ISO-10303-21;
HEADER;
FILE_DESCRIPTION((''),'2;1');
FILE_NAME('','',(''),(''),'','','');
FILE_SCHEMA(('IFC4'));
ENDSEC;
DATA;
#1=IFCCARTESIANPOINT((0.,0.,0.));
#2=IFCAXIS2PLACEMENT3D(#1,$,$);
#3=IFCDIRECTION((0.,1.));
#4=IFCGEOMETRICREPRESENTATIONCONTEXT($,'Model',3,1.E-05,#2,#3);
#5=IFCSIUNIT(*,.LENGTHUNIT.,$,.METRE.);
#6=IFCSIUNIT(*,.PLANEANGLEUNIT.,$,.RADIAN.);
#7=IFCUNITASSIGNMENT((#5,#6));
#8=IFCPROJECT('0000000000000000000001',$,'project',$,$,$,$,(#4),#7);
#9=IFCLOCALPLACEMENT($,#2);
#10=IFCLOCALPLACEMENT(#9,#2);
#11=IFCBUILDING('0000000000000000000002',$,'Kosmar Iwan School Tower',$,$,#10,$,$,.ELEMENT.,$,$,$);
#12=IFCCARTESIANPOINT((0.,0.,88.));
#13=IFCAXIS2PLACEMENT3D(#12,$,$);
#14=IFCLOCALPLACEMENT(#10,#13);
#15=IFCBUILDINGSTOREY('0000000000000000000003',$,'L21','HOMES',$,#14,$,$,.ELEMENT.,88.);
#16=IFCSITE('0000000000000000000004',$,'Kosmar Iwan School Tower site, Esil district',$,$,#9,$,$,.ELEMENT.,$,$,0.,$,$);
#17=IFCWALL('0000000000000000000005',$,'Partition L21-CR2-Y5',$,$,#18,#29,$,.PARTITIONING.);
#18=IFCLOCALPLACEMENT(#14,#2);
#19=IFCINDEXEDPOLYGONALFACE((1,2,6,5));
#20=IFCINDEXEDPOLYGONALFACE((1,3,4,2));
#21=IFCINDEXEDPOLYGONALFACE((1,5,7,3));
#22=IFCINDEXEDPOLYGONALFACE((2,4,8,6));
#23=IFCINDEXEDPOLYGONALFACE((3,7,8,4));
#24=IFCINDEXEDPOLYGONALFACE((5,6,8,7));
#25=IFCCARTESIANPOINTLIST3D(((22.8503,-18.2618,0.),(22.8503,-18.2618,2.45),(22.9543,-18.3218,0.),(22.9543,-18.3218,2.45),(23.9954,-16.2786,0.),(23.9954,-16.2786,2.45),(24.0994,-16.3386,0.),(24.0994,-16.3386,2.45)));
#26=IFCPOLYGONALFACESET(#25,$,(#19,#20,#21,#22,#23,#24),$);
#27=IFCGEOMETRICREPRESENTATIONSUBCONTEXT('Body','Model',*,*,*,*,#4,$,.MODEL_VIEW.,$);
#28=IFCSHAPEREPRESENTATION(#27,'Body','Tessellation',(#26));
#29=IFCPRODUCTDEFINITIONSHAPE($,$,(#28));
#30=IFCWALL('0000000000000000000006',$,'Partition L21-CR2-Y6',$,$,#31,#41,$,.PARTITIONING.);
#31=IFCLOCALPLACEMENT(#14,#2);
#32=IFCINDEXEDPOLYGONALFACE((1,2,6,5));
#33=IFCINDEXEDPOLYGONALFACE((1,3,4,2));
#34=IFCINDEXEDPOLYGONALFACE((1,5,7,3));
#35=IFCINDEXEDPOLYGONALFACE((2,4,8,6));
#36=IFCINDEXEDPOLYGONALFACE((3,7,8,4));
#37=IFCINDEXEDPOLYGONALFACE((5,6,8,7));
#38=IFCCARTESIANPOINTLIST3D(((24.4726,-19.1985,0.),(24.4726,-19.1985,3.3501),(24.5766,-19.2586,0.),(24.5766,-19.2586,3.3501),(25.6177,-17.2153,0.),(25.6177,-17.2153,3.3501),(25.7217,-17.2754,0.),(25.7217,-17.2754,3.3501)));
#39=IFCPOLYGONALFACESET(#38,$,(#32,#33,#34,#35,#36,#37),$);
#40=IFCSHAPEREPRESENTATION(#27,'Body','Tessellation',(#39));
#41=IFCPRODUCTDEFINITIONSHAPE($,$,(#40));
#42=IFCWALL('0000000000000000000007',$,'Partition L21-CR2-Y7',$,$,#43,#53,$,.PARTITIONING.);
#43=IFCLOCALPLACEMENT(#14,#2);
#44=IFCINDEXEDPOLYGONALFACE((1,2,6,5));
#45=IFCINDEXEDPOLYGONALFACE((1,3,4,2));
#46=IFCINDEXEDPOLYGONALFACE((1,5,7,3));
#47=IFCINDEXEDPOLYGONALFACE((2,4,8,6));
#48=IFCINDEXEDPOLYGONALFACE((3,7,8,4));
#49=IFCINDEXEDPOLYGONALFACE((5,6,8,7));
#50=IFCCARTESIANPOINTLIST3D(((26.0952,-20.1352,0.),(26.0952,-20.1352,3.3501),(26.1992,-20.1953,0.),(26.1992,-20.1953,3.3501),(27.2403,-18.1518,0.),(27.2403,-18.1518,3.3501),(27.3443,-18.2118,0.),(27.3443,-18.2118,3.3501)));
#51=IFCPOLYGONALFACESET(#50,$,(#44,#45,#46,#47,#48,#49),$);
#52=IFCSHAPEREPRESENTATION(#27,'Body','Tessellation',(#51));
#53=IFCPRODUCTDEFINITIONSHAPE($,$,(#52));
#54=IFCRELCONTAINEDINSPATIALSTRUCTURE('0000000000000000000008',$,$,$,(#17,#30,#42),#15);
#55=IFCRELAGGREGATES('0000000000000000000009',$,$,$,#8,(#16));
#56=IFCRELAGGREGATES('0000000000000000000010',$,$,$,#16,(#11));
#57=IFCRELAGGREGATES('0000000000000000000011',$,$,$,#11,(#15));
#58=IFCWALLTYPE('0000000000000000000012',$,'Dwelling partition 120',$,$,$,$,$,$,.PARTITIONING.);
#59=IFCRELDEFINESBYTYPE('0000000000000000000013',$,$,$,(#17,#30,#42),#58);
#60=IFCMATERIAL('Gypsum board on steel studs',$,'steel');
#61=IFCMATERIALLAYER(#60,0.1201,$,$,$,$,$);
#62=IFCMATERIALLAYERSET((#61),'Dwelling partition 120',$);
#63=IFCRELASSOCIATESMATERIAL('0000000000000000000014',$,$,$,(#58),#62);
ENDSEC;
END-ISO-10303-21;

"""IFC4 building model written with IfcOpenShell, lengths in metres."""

from ifc_helpers import new_model, si_unit, direction, frame, frame_2d, origin, place, context, subcontext, project, spatial, rectangle, extrude, material, layer, layer_set, type_object, element, save


model = new_model("IFC4")

# Units and contexts
model_context = context("Model", 3, precision=1e-05, world=origin(), true_north=direction((0.0, 1.0)))
body_context = subcontext(model_context, "Body", "Model", "MODEL_VIEW")
ifc_project = project(units=[si_unit("LENGTHUNIT", "METRE"), si_unit("PLANEANGLEUNIT", "RADIAN")], contexts=[model_context])

# Site, building, storey
site_placement = place(None, origin())
site = spatial("IfcSite", under=ifc_project, at=site_placement, Name="Kosmar Iwan School Tower site, Esil district", CompositionType="ELEMENT", RefElevation=0.0)
building_placement = place(site_placement, origin())
building = spatial("IfcBuilding", under=site, at=building_placement, Name="Kosmar Iwan School Tower", CompositionType="ELEMENT")
storey_placement = place(building_placement, frame((0.0, 0.0, 88.0)))
storey = spatial("IfcBuildingStorey", under=building, at=storey_placement, Name="L21", Description="HOMES", CompositionType="ELEMENT", Elevation=88.0)

# Shared definitions
ifc_material_1 = material(Name="Gypsum board on steel studs", Category="steel")
ifc_layer_1 = layer(ifc_material_1, 0.1201)
ifc_layer_set_1 = layer_set([ifc_layer_1], Name="Dwelling partition 120")
wall_type = type_object("IfcWallType", Name="Dwelling partition 120", PredefinedType="PARTITIONING", material=ifc_layer_set_1)

# Walls
wall_1_placement = place(storey_placement, frame((24.0474, -16.3086, 0.0), z_axis=(0.0, 0.0, 1.0), x_axis=(-0.500015, -0.866017, 0.0)))
element("IfcWall", 1, at=wall_1_placement, inside=storey, type_object=wall_type, Name="Partition L21-CR2-Y5", PredefinedType="PARTITIONING", context=body_context, shape_type="SweptSolid", body=[
    extrude(rectangle(XDim=2.29, YDim=0.1201, at=frame_2d((1.145, 0.0))), origin(), (0.0, 0.0, 1.0), 2.45),
])
wall_2_placement = place(storey_placement, frame((25.6697, -17.2454, 0.0), z_axis=(0.0, 0.0, 1.0), x_axis=(-0.500015, -0.866017, 0.0)))
element("IfcWall", 2, at=wall_2_placement, inside=storey, type_object=wall_type, Name="Partition L21-CR2-Y6", PredefinedType="PARTITIONING", context=body_context, shape_type="SweptSolid", body=[
    extrude(rectangle(XDim=2.29, YDim=0.1201, at=frame_2d((1.145, 0.0))), origin(), (0.0, 0.0, 1.0), 3.3501),
])
wall_3_placement = place(storey_placement, frame((27.2922, -18.1819, 0.0), z_axis=(0.0, 0.0, 1.0), x_axis=(-0.499969, -0.866044, 0.0)))
element("IfcWall", 3, at=wall_3_placement, inside=storey, type_object=wall_type, Name="Partition L21-CR2-Y7", PredefinedType="PARTITIONING", context=body_context, shape_type="SweptSolid", body=[
    extrude(rectangle(XDim=2.2903, YDim=0.1201, at=frame_2d((1.145, 0.0))), origin(), (0.0, 0.0, 1.0), 3.3501),
])

save(model, "model.ifc")
